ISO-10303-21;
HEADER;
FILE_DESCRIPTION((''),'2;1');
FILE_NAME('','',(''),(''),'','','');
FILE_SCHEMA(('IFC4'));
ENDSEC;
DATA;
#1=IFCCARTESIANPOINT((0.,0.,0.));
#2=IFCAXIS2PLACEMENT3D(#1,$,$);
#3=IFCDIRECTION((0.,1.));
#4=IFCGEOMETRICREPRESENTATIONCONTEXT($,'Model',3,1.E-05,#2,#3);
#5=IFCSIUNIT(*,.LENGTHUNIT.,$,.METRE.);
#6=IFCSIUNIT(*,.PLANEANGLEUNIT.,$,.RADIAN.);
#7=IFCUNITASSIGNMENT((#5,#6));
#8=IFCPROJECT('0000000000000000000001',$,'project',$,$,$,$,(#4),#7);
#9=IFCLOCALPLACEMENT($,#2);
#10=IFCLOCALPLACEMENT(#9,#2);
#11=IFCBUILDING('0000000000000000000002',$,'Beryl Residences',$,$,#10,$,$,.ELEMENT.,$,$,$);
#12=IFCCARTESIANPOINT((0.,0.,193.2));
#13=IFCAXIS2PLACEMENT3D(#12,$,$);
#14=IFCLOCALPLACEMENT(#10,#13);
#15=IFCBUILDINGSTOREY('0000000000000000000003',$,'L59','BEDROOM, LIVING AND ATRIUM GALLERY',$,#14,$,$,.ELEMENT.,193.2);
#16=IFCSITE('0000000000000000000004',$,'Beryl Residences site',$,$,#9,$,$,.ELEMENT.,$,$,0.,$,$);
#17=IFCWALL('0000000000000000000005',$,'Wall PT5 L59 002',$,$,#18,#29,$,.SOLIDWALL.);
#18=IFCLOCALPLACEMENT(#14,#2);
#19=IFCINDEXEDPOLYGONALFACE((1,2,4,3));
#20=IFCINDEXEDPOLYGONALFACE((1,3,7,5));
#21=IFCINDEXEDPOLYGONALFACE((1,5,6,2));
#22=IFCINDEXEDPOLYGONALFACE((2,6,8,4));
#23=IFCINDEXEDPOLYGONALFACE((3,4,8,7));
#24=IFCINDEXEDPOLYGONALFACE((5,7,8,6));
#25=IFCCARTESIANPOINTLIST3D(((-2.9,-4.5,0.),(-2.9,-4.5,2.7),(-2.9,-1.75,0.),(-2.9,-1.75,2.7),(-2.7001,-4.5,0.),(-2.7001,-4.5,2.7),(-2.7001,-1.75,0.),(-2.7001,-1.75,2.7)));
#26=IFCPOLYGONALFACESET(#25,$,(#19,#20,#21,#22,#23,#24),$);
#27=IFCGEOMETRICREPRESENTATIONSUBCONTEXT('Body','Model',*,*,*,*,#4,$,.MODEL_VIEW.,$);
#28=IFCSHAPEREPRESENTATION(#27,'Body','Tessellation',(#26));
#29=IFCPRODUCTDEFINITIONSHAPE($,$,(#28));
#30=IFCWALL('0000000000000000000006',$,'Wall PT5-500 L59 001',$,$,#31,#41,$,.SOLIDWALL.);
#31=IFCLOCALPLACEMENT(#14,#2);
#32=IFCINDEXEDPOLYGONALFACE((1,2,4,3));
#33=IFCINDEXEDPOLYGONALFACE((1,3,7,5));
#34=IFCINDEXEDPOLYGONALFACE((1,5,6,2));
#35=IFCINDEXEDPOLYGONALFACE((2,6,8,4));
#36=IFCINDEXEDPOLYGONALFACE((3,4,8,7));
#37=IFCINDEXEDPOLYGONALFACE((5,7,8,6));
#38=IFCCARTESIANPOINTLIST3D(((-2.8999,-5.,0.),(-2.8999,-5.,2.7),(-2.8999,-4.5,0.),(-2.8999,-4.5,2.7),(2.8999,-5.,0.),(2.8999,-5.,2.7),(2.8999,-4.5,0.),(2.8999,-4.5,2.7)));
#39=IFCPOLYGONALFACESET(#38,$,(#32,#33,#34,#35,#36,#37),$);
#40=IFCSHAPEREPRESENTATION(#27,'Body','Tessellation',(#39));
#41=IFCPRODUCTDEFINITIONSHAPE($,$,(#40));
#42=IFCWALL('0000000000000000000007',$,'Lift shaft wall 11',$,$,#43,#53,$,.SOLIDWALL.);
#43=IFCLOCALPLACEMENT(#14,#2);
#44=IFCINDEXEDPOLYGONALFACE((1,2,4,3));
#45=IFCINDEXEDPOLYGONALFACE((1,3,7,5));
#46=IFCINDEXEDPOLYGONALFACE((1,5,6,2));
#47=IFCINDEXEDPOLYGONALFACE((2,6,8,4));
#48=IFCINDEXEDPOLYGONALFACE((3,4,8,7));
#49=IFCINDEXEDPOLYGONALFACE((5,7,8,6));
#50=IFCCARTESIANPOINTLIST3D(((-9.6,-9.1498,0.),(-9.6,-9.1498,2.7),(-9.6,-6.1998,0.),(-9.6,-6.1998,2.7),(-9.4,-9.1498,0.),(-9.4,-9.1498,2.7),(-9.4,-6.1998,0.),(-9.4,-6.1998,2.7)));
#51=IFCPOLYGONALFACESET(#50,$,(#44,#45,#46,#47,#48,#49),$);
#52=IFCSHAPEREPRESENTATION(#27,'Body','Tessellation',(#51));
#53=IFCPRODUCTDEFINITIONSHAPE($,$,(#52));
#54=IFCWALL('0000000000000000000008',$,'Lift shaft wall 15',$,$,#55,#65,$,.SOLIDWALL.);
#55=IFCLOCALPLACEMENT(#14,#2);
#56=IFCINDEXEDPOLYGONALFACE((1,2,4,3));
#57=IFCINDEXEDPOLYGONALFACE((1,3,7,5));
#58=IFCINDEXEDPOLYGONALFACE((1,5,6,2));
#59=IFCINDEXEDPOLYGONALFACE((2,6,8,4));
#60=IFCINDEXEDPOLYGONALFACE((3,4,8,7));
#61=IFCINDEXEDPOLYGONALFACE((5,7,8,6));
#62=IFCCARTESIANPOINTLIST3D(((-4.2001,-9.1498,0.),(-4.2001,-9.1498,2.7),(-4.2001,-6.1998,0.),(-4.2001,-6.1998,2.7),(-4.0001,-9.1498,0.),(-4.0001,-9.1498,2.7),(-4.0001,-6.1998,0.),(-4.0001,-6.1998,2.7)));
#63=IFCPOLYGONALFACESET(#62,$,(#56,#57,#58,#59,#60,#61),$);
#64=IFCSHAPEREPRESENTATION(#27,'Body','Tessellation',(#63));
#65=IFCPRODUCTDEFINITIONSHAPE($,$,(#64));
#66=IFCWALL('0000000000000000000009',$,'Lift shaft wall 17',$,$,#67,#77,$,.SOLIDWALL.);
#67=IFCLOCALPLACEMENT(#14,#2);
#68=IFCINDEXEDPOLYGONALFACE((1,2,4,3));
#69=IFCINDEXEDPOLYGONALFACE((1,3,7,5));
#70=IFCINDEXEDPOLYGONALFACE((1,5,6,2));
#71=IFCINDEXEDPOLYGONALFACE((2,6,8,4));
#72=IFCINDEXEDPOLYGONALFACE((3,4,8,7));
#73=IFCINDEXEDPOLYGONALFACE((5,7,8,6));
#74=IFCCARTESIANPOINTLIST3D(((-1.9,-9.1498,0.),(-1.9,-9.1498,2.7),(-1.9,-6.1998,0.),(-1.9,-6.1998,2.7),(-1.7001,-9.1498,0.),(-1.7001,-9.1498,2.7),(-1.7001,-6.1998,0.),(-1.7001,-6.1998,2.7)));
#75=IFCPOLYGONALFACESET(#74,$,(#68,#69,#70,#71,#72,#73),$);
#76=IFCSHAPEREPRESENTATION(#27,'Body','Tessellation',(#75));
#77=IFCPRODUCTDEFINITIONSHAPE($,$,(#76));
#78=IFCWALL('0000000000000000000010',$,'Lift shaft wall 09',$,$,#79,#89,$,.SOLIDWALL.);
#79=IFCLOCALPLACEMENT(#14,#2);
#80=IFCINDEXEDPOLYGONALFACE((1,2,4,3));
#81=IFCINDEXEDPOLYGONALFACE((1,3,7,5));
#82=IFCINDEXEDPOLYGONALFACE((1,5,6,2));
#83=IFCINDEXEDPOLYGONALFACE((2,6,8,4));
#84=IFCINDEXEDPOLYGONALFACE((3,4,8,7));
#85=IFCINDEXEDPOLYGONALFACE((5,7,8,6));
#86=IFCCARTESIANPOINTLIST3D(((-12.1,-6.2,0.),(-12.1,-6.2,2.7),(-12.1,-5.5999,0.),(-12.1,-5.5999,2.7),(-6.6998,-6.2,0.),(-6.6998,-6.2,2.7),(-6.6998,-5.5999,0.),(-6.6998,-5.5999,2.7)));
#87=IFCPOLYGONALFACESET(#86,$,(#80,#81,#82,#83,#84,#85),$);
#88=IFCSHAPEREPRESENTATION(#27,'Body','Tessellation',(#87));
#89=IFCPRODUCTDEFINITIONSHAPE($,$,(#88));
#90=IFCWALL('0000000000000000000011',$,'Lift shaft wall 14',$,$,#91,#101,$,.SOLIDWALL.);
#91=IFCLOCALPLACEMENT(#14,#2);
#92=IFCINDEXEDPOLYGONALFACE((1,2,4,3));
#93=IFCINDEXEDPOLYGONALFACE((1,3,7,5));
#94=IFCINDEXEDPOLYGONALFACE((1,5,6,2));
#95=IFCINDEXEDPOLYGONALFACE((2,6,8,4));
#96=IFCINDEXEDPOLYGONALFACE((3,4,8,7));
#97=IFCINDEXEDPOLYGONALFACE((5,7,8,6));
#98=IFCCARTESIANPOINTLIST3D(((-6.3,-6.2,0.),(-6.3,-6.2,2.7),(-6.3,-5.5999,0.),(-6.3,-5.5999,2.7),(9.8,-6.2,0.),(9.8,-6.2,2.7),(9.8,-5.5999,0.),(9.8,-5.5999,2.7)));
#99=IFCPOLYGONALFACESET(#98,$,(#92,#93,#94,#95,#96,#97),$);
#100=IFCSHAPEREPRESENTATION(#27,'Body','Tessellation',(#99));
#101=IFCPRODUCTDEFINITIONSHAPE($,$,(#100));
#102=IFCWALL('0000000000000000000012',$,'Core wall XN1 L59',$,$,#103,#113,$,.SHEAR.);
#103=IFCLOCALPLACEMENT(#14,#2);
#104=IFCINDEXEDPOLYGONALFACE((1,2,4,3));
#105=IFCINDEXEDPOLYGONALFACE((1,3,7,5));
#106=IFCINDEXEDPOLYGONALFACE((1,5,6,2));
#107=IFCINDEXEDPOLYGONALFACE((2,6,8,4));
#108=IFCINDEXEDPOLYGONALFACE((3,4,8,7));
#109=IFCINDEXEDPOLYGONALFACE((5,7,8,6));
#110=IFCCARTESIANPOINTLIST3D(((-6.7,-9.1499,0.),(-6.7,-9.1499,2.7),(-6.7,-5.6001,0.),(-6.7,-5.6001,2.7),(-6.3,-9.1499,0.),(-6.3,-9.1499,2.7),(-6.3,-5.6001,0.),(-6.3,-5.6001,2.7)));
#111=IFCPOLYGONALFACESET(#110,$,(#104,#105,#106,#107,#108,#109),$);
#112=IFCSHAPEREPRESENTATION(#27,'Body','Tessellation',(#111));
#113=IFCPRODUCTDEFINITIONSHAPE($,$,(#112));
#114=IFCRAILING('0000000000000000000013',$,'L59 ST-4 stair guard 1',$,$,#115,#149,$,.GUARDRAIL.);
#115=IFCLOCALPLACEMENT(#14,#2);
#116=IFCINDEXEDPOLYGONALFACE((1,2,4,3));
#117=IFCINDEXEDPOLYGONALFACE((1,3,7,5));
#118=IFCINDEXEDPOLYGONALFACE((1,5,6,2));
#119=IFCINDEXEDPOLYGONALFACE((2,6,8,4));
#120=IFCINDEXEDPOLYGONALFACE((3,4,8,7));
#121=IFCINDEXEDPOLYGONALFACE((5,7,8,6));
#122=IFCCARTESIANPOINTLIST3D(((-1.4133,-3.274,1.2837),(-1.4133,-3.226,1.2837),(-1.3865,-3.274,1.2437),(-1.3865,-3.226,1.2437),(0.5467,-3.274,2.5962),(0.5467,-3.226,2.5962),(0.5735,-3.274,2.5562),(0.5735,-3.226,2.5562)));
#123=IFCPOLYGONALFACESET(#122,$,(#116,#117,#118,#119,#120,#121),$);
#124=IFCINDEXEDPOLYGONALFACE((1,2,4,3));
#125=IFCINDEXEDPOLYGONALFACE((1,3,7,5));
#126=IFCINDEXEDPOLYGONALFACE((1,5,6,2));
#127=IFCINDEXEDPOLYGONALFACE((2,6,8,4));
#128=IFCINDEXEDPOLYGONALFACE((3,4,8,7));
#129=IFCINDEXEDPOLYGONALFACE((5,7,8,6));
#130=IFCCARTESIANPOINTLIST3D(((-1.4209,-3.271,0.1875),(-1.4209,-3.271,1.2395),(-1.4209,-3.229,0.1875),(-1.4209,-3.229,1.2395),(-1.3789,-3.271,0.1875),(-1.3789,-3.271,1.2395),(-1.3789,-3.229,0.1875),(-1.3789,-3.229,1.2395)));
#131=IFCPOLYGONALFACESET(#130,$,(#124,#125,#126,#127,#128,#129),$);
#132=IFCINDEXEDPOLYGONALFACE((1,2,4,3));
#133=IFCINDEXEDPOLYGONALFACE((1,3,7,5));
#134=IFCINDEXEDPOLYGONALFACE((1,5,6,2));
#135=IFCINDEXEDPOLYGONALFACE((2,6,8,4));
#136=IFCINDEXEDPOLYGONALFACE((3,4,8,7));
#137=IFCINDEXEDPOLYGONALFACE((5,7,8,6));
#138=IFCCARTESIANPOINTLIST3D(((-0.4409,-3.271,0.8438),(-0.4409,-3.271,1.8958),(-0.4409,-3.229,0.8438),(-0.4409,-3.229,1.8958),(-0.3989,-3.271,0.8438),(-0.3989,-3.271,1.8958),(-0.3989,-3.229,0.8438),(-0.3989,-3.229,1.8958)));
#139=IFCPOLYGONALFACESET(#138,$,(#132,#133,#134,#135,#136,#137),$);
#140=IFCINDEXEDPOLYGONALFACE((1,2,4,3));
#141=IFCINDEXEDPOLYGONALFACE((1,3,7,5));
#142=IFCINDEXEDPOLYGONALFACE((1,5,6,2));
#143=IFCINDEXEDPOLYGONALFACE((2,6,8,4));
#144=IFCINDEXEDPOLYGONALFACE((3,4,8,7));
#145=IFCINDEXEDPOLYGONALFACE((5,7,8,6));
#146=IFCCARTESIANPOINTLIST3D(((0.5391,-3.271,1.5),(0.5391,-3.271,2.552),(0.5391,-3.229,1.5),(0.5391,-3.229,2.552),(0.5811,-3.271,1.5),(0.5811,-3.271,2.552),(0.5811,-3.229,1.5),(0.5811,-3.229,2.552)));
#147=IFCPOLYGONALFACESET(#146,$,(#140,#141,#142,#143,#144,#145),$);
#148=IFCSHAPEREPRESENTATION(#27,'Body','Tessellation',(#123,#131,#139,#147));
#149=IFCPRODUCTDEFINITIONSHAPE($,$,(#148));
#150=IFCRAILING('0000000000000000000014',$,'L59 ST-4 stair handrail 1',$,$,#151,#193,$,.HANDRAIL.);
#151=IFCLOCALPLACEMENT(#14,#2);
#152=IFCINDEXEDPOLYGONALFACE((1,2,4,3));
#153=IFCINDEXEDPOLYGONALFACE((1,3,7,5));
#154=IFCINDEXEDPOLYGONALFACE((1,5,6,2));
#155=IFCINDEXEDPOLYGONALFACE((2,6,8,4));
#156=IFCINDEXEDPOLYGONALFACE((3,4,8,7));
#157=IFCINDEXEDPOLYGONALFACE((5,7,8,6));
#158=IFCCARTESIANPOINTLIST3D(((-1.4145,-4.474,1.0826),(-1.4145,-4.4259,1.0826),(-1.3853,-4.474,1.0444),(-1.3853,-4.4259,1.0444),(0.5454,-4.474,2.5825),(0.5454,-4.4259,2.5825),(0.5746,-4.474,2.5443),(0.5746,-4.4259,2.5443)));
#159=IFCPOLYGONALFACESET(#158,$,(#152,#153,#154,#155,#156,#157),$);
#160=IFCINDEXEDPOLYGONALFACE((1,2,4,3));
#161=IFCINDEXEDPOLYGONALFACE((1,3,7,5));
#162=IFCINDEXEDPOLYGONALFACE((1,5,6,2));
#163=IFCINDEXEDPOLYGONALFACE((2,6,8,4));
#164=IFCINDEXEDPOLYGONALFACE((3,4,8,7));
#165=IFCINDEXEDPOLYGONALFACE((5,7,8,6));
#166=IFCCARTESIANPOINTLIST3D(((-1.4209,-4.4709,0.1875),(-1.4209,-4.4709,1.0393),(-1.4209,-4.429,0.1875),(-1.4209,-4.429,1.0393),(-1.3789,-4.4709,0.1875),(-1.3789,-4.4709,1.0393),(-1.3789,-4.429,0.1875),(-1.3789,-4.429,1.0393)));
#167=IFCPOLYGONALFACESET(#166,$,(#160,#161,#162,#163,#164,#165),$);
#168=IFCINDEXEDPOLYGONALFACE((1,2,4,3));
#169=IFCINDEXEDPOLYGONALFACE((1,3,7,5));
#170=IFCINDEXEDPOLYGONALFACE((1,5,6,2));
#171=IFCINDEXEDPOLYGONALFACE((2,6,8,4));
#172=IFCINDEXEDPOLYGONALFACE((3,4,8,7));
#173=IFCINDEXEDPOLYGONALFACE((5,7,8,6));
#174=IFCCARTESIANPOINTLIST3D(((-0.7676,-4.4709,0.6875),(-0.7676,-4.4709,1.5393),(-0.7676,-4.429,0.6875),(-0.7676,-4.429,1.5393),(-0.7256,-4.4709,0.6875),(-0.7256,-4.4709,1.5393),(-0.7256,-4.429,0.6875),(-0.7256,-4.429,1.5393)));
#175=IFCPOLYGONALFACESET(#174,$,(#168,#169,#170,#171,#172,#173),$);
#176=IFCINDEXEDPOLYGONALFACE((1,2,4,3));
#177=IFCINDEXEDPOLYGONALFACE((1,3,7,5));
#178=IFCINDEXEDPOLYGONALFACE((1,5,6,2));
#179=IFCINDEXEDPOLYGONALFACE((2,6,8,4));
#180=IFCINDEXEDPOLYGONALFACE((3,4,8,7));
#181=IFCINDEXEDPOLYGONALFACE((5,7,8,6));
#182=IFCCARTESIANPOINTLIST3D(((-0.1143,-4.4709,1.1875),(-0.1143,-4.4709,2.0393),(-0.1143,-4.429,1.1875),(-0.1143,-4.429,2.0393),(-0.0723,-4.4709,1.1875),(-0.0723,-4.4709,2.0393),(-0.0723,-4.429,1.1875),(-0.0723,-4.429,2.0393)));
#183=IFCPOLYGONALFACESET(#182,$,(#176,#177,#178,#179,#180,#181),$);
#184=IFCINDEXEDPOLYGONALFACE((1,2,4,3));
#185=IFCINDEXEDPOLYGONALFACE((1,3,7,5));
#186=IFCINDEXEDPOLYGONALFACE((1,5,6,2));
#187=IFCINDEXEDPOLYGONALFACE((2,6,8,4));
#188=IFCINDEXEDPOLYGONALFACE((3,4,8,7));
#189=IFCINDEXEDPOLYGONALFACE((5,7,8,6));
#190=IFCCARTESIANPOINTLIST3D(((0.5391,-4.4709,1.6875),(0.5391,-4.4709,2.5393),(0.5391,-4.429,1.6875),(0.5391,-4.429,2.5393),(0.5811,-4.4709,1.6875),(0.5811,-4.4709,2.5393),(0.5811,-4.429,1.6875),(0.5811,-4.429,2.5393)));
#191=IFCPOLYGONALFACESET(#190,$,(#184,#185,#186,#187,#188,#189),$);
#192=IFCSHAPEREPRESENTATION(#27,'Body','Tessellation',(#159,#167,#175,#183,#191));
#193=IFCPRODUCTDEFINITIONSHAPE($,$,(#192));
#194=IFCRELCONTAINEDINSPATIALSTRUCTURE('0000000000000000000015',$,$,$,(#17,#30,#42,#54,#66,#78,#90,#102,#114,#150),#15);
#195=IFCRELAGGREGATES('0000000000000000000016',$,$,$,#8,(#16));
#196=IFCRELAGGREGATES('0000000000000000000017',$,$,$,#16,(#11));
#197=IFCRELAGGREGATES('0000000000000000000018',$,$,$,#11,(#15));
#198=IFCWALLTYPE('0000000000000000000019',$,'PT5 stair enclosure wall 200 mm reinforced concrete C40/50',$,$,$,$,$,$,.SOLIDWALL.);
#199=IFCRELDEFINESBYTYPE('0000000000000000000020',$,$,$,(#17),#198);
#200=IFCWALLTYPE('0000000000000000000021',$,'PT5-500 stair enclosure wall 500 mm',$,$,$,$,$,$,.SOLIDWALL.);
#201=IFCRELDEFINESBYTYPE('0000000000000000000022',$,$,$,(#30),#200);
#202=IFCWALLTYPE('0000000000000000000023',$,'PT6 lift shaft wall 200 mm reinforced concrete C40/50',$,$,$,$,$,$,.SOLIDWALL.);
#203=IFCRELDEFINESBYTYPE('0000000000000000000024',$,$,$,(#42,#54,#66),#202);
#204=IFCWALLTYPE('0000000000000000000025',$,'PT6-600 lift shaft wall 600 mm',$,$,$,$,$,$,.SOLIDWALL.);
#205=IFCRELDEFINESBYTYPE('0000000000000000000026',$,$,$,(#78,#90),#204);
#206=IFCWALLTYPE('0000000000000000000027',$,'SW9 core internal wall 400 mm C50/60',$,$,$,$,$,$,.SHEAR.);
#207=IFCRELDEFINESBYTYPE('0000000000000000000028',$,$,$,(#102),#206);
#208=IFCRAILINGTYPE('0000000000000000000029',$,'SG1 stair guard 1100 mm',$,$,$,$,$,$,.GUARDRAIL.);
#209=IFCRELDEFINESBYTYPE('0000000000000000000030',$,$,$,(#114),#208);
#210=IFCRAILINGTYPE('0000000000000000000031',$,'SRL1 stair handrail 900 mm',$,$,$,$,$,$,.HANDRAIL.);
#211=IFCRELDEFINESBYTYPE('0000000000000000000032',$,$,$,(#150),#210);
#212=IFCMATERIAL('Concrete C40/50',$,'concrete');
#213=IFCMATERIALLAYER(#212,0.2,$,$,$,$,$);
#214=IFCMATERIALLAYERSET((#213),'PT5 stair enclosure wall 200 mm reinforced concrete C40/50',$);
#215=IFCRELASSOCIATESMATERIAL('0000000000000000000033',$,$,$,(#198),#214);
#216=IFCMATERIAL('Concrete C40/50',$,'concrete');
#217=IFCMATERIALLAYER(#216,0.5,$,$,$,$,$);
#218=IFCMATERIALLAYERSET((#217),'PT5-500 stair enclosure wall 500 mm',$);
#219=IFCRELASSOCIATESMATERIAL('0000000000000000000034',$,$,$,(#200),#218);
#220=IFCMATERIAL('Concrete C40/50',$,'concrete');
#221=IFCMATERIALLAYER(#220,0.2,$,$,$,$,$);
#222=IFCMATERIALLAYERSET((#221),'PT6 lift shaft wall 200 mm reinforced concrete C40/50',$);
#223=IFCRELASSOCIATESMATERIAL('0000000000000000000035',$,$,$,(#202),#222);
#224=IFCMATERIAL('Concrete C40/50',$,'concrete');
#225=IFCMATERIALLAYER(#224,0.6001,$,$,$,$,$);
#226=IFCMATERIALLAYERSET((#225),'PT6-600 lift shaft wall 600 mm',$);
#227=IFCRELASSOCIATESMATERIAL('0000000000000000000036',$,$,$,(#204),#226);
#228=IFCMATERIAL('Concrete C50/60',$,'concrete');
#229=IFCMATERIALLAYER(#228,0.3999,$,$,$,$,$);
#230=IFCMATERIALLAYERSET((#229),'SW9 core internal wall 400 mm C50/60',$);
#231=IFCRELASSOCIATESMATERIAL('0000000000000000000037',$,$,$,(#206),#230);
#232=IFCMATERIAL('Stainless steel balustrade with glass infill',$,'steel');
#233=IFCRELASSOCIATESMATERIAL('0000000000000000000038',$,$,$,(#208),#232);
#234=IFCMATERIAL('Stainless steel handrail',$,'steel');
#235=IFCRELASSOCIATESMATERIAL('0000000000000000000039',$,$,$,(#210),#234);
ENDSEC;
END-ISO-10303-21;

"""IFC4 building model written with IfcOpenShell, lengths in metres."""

from ifc_helpers import new_model, si_unit, direction, frame, frame_2d, origin, origin_2d, place, context, subcontext, project, spatial, rectangle, extrude, material, layer, layer_set, type_object, element, save


model = new_model("IFC4")

# Units and contexts
model_context = context("Model", 3, precision=1e-05, world=origin(), true_north=direction((0.0, 1.0)))
body_context = subcontext(model_context, "Body", "Model", "MODEL_VIEW")
ifc_project = project(units=[si_unit("LENGTHUNIT", "METRE"), si_unit("PLANEANGLEUNIT", "RADIAN")], contexts=[model_context])

# Site, building, storey
site_placement = place(None, origin())
site = spatial("IfcSite", under=ifc_project, at=site_placement, Name="Beryl Residences site", CompositionType="ELEMENT", RefElevation=0.0)
building_placement = place(site_placement, origin())
building = spatial("IfcBuilding", under=site, at=building_placement, Name="Beryl Residences", CompositionType="ELEMENT")
storey_placement = place(building_placement, frame((0.0, 0.0, 193.2)))
storey = spatial("IfcBuildingStorey", under=building, at=storey_placement, Name="L59", Description="BEDROOM, LIVING AND ATRIUM GALLERY", CompositionType="ELEMENT", Elevation=193.2)

# Walls
ifc_material_1 = material(Name="Concrete C40/50", Category="concrete")
ifc_layer_1 = layer(ifc_material_1, 0.2)
ifc_layer_set_1 = layer_set([ifc_layer_1], Name="PT5 stair enclosure wall 200 mm reinforced concrete C40/50")
wall_type_1 = type_object("IfcWallType", Name="PT5 stair enclosure wall 200 mm reinforced concrete C40/50", PredefinedType="SOLIDWALL", material=ifc_layer_set_1)
wall_1_placement = place(storey_placement, frame((-2.8, -4.5, 0.0), z_axis=(0.0, 0.0, 1.0), x_axis=(0.0, 1.0, 0.0)))
element("IfcWall", 1, at=wall_1_placement, inside=storey, type_object=wall_type_1, Name="Wall PT5 L59 002", PredefinedType="SOLIDWALL", context=body_context, shape_type="SweptSolid", body=[
    extrude(rectangle(XDim=2.75, YDim=0.2, at=frame_2d((1.375, 0.0))), origin(), (0.0, 0.0, 1.0), 2.7),
])
ifc_material_2 = material(Name="Concrete C40/50", Category="concrete")
ifc_layer_2 = layer(ifc_material_2, 0.5)
ifc_layer_set_2 = layer_set([ifc_layer_2], Name="PT5-500 stair enclosure wall 500 mm")
wall_type_2 = type_object("IfcWallType", Name="PT5-500 stair enclosure wall 500 mm", PredefinedType="SOLIDWALL", material=ifc_layer_set_2)
wall_2_placement = place(storey_placement, frame((-2.8999, -4.75, 0.0), z_axis=(0.0, 0.0, 1.0), x_axis=(1.0, 0.0, 0.0)))
element("IfcWall", 2, at=wall_2_placement, inside=storey, type_object=wall_type_2, Name="Wall PT5-500 L59 001", PredefinedType="SOLIDWALL", context=body_context, shape_type="SweptSolid", body=[
    extrude(rectangle(XDim=5.7998, YDim=0.5, at=frame_2d((2.8999, 0.0))), origin(), (0.0, 0.0, 1.0), 2.7),
])
ifc_material_3 = material(Name="Concrete C40/50", Category="concrete")
ifc_layer_3 = layer(ifc_material_3, 0.2)
ifc_layer_set_3 = layer_set([ifc_layer_3], Name="PT6 lift shaft wall 200 mm reinforced concrete C40/50")
wall_type_3 = type_object("IfcWallType", Name="PT6 lift shaft wall 200 mm reinforced concrete C40/50", PredefinedType="SOLIDWALL", material=ifc_layer_set_3)
for number, where, z_axis, x_axis, name in (
    (3, (-9.5, -9.1499, 0.0), (0.0, 0.0, 1.0), (0.0, 1.0, 0.0), "Lift shaft wall 11"),
    (4, (-4.1001, -9.1499, 0.0), (0.0, 0.0, 1.0), (0.0, 1.0, 0.0), "Lift shaft wall 15"),
    (5, (-1.8, -9.1499, 0.0), (0.0, 0.0, 1.0), (0.0, 1.0, 0.0), "Lift shaft wall 17"),
):
    element("IfcWall", number, at=place(storey_placement, frame(where, z_axis=z_axis, x_axis=x_axis)), inside=storey, type_object=wall_type_3, Name=name, PredefinedType="SOLIDWALL", context=body_context, shape_type="SweptSolid", body=[
        extrude(rectangle(XDim=2.95, YDim=0.2, at=frame_2d((1.4751, 0.0))), origin(), (0.0, 0.0, 1.0), 2.7),
    ])
ifc_material_4 = material(Name="Concrete C40/50", Category="concrete")
ifc_layer_4 = layer(ifc_material_4, 0.6001)
ifc_layer_set_4 = layer_set([ifc_layer_4], Name="PT6-600 lift shaft wall 600 mm")
wall_type_4 = type_object("IfcWallType", Name="PT6-600 lift shaft wall 600 mm", PredefinedType="SOLIDWALL", material=ifc_layer_set_4)
wall_3_placement = place(storey_placement, frame((-12.1001, -5.8999, 0.0), z_axis=(0.0, 0.0, 1.0), x_axis=(1.0, 0.0, 0.0)))
element("IfcWall", 6, at=wall_3_placement, inside=storey, type_object=wall_type_4, Name="Lift shaft wall 09", PredefinedType="SOLIDWALL", context=body_context, shape_type="SweptSolid", body=[
    extrude(rectangle(XDim=5.4001, YDim=0.6001, at=frame_2d((2.7002, 0.0))), origin(), (0.0, 0.0, 1.0), 2.7),
])
wall_4_placement = place(storey_placement, frame((-6.3, -5.8999, 0.0), z_axis=(0.0, 0.0, 1.0), x_axis=(1.0, 0.0, 0.0)))
element("IfcWall", 7, at=wall_4_placement, inside=storey, type_object=wall_type_4, Name="Lift shaft wall 14", PredefinedType="SOLIDWALL", context=body_context, shape_type="SweptSolid", body=[
    extrude(rectangle(XDim=16.1001, YDim=0.6001, at=frame_2d((8.05, 0.0))), origin(), (0.0, 0.0, 1.0), 2.7),
])
ifc_material_5 = material(Name="Concrete C50/60", Category="concrete")
ifc_layer_5 = layer(ifc_material_5, 0.3999)
ifc_layer_set_5 = layer_set([ifc_layer_5], Name="SW9 core internal wall 400 mm C50/60")
wall_type_5 = type_object("IfcWallType", Name="SW9 core internal wall 400 mm C50/60", PredefinedType="SHEAR", material=ifc_layer_set_5)
wall_5_placement = place(storey_placement, frame((-6.5, -9.1499, 0.0), z_axis=(0.0, 0.0, 1.0), x_axis=(0.0, 1.0, 0.0)))
element("IfcWall", 8, at=wall_5_placement, inside=storey, type_object=wall_type_5, Name="Core wall XN1 L59", PredefinedType="SHEAR", context=body_context, shape_type="SweptSolid", body=[
    extrude(rectangle(XDim=3.5498, YDim=0.3999, at=frame_2d((1.7749, 0.0))), origin(), (0.0, 0.0, 1.0), 2.7),
])

# Railings
ifc_material_6 = material(Name="Stainless steel balustrade with glass infill", Category="steel")
railing_type_1 = type_object("IfcRailingType", Name="SG1 stair guard 1100 mm", PredefinedType="GUARDRAIL", material=ifc_material_6)
railing_1_placement = place(storey_placement, frame((-1.3999, -3.25, 0.1875)))
element("IfcRailing", 9, at=railing_1_placement, inside=storey, type_object=railing_type_1, Name="L59 ST-4 stair guard 1", PredefinedType="GUARDRAIL", context=body_context, shape_type="SweptSolid", body=[
    extrude(rectangle(XDim=0.0481, YDim=0.0481, at=origin_2d()), frame((0.0, 0.0, 1.0762), z_axis=(0.830902, 0.0, 0.556419), x_axis=(0.0, 1.0, 0.0)), (0.0, 0.0, 1.0), 2.3589),
    extrude(rectangle(XDim=0.042, YDim=0.042, at=origin_2d()), origin(), (0.0, 0.0, 1.0), 1.052),
    extrude(rectangle(XDim=0.042, YDim=0.042, at=origin_2d()), frame((0.98, 0.0, 0.6562)), (0.0, 0.0, 1.0), 1.052),
    extrude(rectangle(XDim=0.042, YDim=0.042, at=origin_2d()), frame((1.96, 0.0, 1.3125)), (0.0, 0.0, 1.0), 1.052),
])
ifc_material_7 = material(Name="Stainless steel handrail", Category="steel")
railing_type_2 = type_object("IfcRailingType", Name="SRL1 stair handrail 900 mm", PredefinedType="HANDRAIL", material=ifc_material_7)
railing_2_placement = place(storey_placement, frame((-1.3999, -4.45, 0.1875)))
element("IfcRailing", 10, at=railing_2_placement, inside=storey, type_object=railing_type_2, Name="L59 ST-4 stair handrail 1", PredefinedType="HANDRAIL", context=body_context, shape_type="SweptSolid", body=[
    extrude(rectangle(XDim=0.0481, YDim=0.0481, at=origin_2d()), frame((0.0, 0.0, 0.876), z_axis=(0.794122, 0.0, 0.607758), x_axis=(0.0, 1.0, 0.0)), (0.0, 0.0, 1.0), 2.468),
    extrude(rectangle(XDim=0.042, YDim=0.042, at=origin_2d()), origin(), (0.0, 0.0, 1.0), 0.8518),
    extrude(rectangle(XDim=0.042, YDim=0.042, at=origin_2d()), frame((0.6533, 0.0, 0.5)), (0.0, 0.0, 1.0), 0.8518),
    extrude(rectangle(XDim=0.042, YDim=0.042, at=origin_2d()), frame((1.3066, 0.0, 1.0)), (0.0, 0.0, 1.0), 0.8518),
    extrude(rectangle(XDim=0.042, YDim=0.042, at=origin_2d()), frame((1.96, 0.0, 1.5)), (0.0, 0.0, 1.0), 0.8518),
])

save(model, "model.ifc")
